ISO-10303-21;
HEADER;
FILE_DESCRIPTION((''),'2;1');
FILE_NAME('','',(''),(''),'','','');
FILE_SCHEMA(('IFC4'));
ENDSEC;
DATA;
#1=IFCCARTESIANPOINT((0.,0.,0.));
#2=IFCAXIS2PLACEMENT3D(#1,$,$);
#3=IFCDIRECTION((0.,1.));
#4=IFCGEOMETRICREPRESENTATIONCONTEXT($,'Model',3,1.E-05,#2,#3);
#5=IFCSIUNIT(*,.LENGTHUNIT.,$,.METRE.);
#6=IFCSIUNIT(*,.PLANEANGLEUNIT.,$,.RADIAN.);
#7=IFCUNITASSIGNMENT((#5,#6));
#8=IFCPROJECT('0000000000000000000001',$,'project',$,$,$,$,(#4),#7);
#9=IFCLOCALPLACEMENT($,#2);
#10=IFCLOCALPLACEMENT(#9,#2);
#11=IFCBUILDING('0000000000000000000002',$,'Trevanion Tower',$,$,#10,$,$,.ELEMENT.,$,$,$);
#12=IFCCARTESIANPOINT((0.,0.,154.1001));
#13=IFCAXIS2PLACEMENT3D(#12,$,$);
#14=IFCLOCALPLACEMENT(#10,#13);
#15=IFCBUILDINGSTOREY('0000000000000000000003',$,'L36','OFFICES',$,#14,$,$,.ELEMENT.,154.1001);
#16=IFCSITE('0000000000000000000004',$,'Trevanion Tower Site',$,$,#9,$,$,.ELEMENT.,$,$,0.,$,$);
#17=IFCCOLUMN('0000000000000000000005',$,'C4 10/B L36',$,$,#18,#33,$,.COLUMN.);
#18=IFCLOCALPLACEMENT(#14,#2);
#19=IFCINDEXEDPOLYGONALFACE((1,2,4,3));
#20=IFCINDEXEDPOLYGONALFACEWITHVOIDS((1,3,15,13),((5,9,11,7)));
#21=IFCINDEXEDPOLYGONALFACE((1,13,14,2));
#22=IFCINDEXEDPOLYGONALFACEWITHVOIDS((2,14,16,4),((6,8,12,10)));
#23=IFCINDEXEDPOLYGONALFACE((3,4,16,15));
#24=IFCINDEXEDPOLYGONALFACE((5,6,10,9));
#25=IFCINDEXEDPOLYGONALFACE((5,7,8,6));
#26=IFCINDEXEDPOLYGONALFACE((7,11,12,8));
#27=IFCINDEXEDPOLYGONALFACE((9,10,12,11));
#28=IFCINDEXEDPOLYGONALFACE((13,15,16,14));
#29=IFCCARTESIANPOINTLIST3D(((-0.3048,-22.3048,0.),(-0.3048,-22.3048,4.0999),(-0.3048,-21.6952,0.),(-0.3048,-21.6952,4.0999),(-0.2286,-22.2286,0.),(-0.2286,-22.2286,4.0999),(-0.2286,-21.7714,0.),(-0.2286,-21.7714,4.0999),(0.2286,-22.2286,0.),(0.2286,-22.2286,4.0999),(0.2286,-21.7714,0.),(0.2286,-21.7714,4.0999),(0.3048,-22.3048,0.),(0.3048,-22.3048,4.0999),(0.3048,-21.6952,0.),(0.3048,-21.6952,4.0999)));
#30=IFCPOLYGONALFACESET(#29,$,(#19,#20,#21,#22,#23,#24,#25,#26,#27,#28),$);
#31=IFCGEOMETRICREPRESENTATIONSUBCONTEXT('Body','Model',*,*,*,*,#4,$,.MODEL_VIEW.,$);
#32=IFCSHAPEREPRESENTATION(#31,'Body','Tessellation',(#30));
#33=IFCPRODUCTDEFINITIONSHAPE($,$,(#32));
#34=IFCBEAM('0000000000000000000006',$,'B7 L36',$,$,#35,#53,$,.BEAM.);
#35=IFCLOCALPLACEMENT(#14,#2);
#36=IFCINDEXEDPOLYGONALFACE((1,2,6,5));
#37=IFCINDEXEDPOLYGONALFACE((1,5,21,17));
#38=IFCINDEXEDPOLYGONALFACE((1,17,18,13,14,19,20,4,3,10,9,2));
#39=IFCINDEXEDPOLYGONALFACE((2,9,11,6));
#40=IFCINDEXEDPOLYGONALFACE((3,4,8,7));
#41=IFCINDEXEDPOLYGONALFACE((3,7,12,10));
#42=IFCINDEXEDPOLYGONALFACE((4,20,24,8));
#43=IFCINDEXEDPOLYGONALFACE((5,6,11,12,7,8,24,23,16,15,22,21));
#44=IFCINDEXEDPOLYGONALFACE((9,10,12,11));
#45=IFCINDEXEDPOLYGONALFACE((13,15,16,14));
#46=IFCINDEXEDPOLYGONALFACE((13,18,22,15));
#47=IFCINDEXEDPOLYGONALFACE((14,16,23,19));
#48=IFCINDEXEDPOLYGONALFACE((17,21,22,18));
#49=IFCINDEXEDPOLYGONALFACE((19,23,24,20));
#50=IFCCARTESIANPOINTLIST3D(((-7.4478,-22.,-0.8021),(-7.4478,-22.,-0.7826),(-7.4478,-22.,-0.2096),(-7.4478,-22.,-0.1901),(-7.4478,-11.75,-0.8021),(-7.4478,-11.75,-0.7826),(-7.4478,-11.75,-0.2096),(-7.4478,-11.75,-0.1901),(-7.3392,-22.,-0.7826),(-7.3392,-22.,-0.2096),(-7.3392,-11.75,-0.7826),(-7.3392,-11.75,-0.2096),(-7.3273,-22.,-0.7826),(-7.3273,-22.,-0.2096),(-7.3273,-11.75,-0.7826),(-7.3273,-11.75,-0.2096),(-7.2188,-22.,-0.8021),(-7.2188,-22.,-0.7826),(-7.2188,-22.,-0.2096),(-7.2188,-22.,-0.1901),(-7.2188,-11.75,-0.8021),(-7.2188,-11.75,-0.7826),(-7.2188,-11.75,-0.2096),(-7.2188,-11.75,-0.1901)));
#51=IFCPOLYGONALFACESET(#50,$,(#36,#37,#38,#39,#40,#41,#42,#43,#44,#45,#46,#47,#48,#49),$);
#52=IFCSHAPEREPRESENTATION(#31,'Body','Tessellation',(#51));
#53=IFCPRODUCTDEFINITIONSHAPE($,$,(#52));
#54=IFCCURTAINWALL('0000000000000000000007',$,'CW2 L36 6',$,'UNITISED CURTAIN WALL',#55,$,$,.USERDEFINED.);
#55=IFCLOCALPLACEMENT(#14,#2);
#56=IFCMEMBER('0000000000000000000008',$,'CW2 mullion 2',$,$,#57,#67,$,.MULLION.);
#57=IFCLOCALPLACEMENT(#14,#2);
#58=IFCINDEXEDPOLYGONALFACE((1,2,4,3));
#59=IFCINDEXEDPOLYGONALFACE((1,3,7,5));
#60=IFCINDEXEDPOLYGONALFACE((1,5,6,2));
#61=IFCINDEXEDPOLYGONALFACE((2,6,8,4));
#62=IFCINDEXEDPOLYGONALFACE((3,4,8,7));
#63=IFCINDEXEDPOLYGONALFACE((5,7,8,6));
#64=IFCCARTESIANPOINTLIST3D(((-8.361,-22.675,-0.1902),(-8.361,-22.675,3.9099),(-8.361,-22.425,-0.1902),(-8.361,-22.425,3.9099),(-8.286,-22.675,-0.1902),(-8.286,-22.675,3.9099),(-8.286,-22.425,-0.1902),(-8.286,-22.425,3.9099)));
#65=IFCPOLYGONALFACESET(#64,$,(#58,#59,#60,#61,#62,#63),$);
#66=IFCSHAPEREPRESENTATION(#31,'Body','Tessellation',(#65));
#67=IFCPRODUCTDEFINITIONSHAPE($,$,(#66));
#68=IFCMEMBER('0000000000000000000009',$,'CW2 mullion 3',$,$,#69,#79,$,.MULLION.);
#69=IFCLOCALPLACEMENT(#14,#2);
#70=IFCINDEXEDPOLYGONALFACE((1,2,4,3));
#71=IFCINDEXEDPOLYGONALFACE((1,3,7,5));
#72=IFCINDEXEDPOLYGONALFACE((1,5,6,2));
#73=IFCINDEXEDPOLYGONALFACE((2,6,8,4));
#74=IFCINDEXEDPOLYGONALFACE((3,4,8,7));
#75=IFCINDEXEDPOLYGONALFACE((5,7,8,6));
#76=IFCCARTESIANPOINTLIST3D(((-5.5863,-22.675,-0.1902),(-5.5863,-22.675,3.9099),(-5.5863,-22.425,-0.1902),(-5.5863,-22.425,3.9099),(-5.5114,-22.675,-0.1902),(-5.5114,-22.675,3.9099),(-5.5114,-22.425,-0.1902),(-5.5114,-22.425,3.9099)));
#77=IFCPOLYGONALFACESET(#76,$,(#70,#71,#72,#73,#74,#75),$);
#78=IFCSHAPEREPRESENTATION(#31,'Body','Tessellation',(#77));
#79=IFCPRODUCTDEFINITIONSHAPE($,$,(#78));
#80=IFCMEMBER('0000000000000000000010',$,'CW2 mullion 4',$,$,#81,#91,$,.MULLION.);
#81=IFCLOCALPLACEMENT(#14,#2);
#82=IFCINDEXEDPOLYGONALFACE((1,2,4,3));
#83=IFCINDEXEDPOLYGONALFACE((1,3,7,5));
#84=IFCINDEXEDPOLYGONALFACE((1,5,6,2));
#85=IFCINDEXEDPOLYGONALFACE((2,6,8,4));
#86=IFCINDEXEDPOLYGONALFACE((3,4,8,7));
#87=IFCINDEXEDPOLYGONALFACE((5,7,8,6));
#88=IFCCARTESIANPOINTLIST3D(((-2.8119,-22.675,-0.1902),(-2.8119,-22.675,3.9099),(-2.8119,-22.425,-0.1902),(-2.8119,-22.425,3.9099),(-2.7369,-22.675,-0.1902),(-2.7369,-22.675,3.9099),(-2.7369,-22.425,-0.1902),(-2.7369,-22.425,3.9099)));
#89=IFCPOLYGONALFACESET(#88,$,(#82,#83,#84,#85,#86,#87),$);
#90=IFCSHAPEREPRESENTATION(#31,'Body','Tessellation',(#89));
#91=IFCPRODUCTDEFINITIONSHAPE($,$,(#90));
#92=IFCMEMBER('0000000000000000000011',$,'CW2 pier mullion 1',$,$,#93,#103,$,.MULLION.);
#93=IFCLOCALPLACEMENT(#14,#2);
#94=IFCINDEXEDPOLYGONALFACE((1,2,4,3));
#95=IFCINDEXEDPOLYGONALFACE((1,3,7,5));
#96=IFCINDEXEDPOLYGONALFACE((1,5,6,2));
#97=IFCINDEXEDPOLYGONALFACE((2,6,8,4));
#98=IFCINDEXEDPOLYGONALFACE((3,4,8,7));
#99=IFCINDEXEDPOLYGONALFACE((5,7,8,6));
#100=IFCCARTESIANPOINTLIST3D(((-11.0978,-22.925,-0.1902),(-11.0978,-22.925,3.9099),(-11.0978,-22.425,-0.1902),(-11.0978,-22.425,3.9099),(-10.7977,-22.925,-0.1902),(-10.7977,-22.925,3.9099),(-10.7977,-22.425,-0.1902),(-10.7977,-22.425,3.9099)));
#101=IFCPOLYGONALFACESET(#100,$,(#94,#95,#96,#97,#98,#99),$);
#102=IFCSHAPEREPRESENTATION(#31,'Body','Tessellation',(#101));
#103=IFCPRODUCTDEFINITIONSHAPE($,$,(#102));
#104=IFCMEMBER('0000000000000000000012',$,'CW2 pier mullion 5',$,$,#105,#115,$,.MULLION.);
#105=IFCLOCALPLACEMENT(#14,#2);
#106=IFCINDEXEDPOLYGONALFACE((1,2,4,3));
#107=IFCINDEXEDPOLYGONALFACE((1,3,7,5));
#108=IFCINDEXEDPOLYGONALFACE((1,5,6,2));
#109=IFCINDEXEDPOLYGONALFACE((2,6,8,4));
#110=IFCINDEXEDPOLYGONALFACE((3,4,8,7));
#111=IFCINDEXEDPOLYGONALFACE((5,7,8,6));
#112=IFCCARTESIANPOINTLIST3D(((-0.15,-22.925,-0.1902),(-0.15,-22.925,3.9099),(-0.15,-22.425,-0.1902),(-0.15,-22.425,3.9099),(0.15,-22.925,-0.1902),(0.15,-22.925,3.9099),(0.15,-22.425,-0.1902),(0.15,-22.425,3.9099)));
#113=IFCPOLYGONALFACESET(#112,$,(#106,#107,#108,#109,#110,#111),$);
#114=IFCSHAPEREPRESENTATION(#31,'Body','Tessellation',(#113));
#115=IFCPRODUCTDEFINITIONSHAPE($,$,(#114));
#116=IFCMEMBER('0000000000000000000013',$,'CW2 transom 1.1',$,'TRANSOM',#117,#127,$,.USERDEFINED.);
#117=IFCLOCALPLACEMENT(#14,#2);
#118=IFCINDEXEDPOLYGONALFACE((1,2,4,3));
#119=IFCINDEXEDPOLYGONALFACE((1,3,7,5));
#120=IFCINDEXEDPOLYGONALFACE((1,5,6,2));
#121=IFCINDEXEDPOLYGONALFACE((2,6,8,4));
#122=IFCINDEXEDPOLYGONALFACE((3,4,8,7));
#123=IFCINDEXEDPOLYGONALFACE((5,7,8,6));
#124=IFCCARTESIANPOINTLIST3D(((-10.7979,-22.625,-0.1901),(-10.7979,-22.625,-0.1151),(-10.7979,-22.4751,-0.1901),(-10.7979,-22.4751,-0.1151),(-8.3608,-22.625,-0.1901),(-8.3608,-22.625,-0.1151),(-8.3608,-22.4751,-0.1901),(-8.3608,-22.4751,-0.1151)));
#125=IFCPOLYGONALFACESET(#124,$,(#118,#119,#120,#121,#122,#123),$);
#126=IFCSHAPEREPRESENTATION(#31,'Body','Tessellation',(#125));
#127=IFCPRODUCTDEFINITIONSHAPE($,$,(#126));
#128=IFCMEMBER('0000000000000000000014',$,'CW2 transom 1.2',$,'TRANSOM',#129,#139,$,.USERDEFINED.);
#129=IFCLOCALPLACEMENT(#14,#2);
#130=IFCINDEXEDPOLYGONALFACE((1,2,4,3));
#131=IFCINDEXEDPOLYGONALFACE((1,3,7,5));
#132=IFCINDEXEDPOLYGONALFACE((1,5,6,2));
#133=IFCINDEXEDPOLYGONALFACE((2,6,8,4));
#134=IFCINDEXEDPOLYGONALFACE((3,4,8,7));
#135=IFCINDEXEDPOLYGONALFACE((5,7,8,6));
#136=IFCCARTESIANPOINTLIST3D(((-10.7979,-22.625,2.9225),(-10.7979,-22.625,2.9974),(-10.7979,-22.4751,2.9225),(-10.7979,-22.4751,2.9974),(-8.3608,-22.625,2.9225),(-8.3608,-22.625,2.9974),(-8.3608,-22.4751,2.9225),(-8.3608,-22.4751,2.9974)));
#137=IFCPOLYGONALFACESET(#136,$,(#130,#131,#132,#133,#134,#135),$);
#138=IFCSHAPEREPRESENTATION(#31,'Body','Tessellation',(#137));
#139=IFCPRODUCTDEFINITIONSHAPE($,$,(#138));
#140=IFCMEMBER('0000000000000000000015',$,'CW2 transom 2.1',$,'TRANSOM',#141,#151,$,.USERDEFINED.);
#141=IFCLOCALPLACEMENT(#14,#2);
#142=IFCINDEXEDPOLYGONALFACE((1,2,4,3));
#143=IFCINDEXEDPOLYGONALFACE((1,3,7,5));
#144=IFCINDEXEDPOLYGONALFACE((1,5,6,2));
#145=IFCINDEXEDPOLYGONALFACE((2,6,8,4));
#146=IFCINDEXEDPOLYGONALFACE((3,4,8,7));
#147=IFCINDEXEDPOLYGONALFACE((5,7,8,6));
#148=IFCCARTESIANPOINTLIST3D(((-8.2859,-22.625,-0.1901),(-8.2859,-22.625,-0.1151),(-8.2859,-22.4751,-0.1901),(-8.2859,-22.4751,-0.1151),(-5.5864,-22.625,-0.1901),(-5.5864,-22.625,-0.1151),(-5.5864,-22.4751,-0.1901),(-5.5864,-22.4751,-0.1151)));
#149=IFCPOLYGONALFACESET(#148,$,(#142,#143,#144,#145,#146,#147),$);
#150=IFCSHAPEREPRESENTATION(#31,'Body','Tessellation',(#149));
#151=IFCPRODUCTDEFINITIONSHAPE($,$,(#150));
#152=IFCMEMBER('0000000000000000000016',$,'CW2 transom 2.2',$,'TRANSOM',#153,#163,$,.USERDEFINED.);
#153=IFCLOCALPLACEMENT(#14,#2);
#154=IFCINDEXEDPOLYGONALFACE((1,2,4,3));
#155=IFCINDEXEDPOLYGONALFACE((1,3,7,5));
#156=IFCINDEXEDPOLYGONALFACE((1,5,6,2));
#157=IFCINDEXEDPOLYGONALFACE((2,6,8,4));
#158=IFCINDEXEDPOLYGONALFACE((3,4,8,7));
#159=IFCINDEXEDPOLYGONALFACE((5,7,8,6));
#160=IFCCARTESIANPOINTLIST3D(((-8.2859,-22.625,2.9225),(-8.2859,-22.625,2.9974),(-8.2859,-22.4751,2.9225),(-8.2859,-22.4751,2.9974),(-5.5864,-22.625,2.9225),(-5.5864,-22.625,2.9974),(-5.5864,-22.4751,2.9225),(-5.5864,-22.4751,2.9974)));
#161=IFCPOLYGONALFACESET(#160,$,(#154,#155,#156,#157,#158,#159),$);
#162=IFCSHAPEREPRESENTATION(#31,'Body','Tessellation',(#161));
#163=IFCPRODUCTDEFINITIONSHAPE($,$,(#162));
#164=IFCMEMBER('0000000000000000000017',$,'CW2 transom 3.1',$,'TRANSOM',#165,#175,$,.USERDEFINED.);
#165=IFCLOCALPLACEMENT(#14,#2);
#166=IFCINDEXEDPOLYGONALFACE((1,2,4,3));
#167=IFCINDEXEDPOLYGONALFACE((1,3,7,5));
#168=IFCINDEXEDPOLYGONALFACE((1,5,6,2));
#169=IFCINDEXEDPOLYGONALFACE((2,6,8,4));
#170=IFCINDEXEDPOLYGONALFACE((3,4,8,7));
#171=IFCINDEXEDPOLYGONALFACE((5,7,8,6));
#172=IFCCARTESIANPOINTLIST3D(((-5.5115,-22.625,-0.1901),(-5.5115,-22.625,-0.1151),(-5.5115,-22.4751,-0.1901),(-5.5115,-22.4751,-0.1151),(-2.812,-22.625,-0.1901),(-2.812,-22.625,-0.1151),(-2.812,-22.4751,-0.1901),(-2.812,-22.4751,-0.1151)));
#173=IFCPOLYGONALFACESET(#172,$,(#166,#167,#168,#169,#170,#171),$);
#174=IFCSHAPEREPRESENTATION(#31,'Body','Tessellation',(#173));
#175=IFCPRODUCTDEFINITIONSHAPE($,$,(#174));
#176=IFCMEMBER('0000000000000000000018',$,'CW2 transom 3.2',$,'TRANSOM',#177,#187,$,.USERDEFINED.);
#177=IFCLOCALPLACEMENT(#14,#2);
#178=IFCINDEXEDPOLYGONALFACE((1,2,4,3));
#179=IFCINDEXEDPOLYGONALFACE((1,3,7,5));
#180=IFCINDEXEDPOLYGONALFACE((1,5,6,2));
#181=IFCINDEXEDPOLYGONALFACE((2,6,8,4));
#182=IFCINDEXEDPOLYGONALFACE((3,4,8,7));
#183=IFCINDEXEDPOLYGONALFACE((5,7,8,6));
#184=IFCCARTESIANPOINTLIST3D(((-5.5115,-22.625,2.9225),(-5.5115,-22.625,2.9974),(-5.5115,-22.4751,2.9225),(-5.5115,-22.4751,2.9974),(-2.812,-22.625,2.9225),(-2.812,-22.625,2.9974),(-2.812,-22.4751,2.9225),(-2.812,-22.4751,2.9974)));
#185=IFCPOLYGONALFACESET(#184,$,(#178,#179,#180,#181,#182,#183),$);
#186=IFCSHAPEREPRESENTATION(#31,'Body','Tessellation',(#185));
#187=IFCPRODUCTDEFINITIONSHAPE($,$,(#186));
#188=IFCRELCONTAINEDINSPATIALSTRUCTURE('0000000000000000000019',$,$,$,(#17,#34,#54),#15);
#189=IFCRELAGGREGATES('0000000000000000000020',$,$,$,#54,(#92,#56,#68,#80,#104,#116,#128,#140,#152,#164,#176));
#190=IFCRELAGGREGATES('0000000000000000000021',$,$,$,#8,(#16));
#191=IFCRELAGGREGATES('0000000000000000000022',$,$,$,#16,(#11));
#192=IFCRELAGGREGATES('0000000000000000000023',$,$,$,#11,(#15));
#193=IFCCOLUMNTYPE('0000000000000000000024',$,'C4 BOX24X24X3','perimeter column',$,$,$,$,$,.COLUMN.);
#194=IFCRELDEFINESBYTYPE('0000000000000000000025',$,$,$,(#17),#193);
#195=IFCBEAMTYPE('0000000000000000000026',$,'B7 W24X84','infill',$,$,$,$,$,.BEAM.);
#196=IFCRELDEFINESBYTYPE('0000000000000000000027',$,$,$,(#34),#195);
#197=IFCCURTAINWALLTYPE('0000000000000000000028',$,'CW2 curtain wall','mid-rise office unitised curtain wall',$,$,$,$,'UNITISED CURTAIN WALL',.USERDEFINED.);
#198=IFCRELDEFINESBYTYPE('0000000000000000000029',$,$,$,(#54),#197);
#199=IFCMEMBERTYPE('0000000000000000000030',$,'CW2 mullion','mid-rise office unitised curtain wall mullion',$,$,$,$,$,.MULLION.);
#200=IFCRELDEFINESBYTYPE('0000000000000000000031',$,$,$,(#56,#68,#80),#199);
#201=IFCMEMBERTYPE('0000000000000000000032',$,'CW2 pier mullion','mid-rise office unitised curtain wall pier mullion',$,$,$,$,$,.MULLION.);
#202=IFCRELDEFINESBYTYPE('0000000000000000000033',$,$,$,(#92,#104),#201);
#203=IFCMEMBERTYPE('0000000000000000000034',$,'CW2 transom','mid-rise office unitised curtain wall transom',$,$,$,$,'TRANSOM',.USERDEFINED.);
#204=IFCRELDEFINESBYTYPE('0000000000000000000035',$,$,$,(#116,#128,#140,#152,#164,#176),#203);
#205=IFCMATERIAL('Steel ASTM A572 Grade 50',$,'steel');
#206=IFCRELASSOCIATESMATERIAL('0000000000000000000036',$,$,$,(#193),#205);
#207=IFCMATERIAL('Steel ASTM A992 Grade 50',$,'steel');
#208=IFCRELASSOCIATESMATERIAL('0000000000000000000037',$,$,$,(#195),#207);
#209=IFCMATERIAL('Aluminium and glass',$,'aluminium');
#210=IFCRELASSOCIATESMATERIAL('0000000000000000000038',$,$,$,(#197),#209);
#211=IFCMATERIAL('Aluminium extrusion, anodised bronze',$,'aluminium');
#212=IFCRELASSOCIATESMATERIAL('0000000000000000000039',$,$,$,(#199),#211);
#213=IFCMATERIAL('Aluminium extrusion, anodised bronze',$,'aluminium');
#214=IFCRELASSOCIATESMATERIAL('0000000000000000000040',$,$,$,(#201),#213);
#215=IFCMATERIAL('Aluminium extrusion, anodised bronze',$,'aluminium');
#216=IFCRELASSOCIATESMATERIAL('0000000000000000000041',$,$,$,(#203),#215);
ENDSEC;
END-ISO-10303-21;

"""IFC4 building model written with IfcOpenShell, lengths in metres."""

from ifc_helpers import new_model, si_unit, direction, frame, origin, origin_2d, place, context, subcontext, project, spatial, rectangle, hollow_rectangle, i_section, extrude, material, material_profile, profile_set, type_object, element, aggregate, save


model = new_model("IFC4")

# Units and contexts
model_context = context("Model", 3, precision=1e-05, world=origin(), true_north=direction((0.0, 1.0)))
body_context = subcontext(model_context, "Body", "Model", "MODEL_VIEW")
ifc_project = project(units=[si_unit("LENGTHUNIT", "METRE"), si_unit("PLANEANGLEUNIT", "RADIAN")], contexts=[model_context])

# Site, building, storey
site_placement = place(None, origin())
site = spatial("IfcSite", under=ifc_project, at=site_placement, Name="Trevanion Tower Site", CompositionType="ELEMENT", RefElevation=0.0)
building_placement = place(site_placement, origin())
building = spatial("IfcBuilding", under=site, at=building_placement, Name="Trevanion Tower", CompositionType="ELEMENT")
storey_placement = place(building_placement, frame((0.0, 0.0, 154.1001)))
storey = spatial("IfcBuildingStorey", under=building, at=storey_placement, Name="L36", Description="OFFICES", CompositionType="ELEMENT", Elevation=154.1001)

# Column
ifc_material_1 = material(Name="Steel ASTM A572 Grade 50", Category="steel")
ifc_material_profile_1 = material_profile(ifc_material_1, hollow_rectangle(XDim=0.6096, YDim=0.6096, WallThickness=0.0762, at=origin_2d()), Name="BOX24X24X3")
ifc_profile_set_1 = profile_set([ifc_material_profile_1], Name="Steel ASTM A572 Grade 50")
column_type = type_object("IfcColumnType", Name="C4 BOX24X24X3", Description="perimeter column", PredefinedType="COLUMN", material=ifc_profile_set_1)
column_placement = place(storey_placement, frame((0.0, -22.0, 0.0), z_axis=(0.0, 0.0, 1.0), x_axis=(1.0, 0.0, 0.0)))
element("IfcColumn", 1, at=column_placement, inside=storey, type_object=column_type, Name="C4 10/B L36", PredefinedType="COLUMN", context=body_context, shape_type="SweptSolid", body=[
    extrude(hollow_rectangle(XDim=0.6096, YDim=0.6096, WallThickness=0.0762, at=origin_2d()), origin(), (0.0, 0.0, 1.0), 4.0999),
])

# Beam
ifc_material_2 = material(Name="Steel ASTM A992 Grade 50", Category="steel")
ifc_material_profile_2 = material_profile(ifc_material_2, i_section(OverallWidth=0.229, OverallDepth=0.6121, WebThickness=0.012, FlangeThickness=0.0195, at=origin_2d()), Name="W24X84")
ifc_profile_set_2 = profile_set([ifc_material_profile_2], Name="Steel ASTM A992 Grade 50")
beam_type_1 = type_object("IfcBeamType", Name="B7 W24X84", Description="infill", PredefinedType="BEAM", material=ifc_profile_set_2)
beam_1_placement = place(storey_placement, frame((-7.3333, -11.75, -0.4961), z_axis=(0.0, -1.0, 0.0), x_axis=(1.0, 0.0, 0.0)))
element("IfcBeam", 2, at=beam_1_placement, inside=storey, type_object=beam_type_1, Name="B7 L36", PredefinedType="BEAM", context=body_context, shape_type="SweptSolid", body=[
    extrude(i_section(OverallWidth=0.229, OverallDepth=0.6121, WebThickness=0.012, FlangeThickness=0.0195, at=origin_2d()), origin(), (0.0, 0.0, 1.0), 10.25),
])

# Curtain wall, members
ifc_material_3 = material(Name="Aluminium and glass", Category="aluminium")
curtain_wall_type = type_object("IfcCurtainWallType", Name="CW2 curtain wall", Description="mid-rise office unitised curtain wall", ElementType="UNITISED CURTAIN WALL", PredefinedType="USERDEFINED", material=ifc_material_3)
curtain_wall_placement = place(storey_placement, origin())
curtain_wall = element("IfcCurtainWall", 3, at=curtain_wall_placement, inside=storey, type_object=curtain_wall_type, Name="CW2 L36 6", ObjectType="UNITISED CURTAIN WALL", PredefinedType="USERDEFINED")
ifc_material_4 = material(Name="Aluminium extrusion, anodised bronze", Category="aluminium")
ifc_material_profile_3 = material_profile(ifc_material_4, rectangle(XDim=0.075, YDim=0.25, at=origin_2d()), Name="CW2 mullion")
ifc_profile_set_3 = profile_set([ifc_material_profile_3], Name="Aluminium extrusion, anodised bronze")
member_type_1 = type_object("IfcMemberType", Name="CW2 mullion", Description="mid-rise office unitised curtain wall mullion", PredefinedType="MULLION", material=ifc_profile_set_3)
member_1_placement = place(storey_placement, frame((-8.3235, -22.55, -0.1902), z_axis=(0.0, 0.0, 1.0), x_axis=(1.0, 0.0, 0.0)))
member_1 = element("IfcMember", 4, at=member_1_placement, type_object=member_type_1, Name="CW2 mullion 2", PredefinedType="MULLION", context=body_context, shape_type="SweptSolid", body=[
    extrude(rectangle(XDim=0.075, YDim=0.25, at=origin_2d()), origin(), (0.0, 0.0, 1.0), 4.1001),
])
member_2_placement = place(storey_placement, frame((-5.5488, -22.55, -0.1902), z_axis=(0.0, 0.0, 1.0), x_axis=(1.0, 0.0, 0.0)))
member_2 = element("IfcMember", 5, at=member_2_placement, type_object=member_type_1, Name="CW2 mullion 3", PredefinedType="MULLION", context=body_context, shape_type="SweptSolid", body=[
    extrude(rectangle(XDim=0.075, YDim=0.25, at=origin_2d()), origin(), (0.0, 0.0, 1.0), 4.1001),
])
member_3_placement = place(storey_placement, frame((-2.7744, -22.55, -0.1902), z_axis=(0.0, 0.0, 1.0), x_axis=(1.0, 0.0, 0.0)))
member_3 = element("IfcMember", 6, at=member_3_placement, type_object=member_type_1, Name="CW2 mullion 4", PredefinedType="MULLION", context=body_context, shape_type="SweptSolid", body=[
    extrude(rectangle(XDim=0.075, YDim=0.25, at=origin_2d()), origin(), (0.0, 0.0, 1.0), 4.1001),
])
ifc_material_5 = material(Name="Aluminium extrusion, anodised bronze", Category="aluminium")
ifc_material_profile_4 = material_profile(ifc_material_5, rectangle(XDim=0.3, YDim=0.5, at=origin_2d()), Name="CW2 pier mullion")
ifc_profile_set_4 = profile_set([ifc_material_profile_4], Name="Aluminium extrusion, anodised bronze")
member_type_2 = type_object("IfcMemberType", Name="CW2 pier mullion", Description="mid-rise office unitised curtain wall pier mullion", PredefinedType="MULLION", material=ifc_profile_set_4)
member_4_placement = place(storey_placement, frame((-10.9478, -22.675, -0.1902), z_axis=(0.0, 0.0, 1.0), x_axis=(1.0, 0.0, 0.0)))
member_4 = element("IfcMember", 7, at=member_4_placement, type_object=member_type_2, Name="CW2 pier mullion 1", PredefinedType="MULLION", context=body_context, shape_type="SweptSolid", body=[
    extrude(rectangle(XDim=0.3, YDim=0.5, at=origin_2d()), origin(), (0.0, 0.0, 1.0), 4.1001),
])
member_5_placement = place(storey_placement, frame((0.0, -22.675, -0.1902), z_axis=(0.0, 0.0, 1.0), x_axis=(1.0, 0.0, 0.0)))
member_5 = element("IfcMember", 8, at=member_5_placement, type_object=member_type_2, Name="CW2 pier mullion 5", PredefinedType="MULLION", context=body_context, shape_type="SweptSolid", body=[
    extrude(rectangle(XDim=0.3, YDim=0.5, at=origin_2d()), origin(), (0.0, 0.0, 1.0), 4.1001),
])
ifc_material_6 = material(Name="Aluminium extrusion, anodised bronze", Category="aluminium")
ifc_material_profile_5 = material_profile(ifc_material_6, rectangle(XDim=0.1499, YDim=0.075, at=origin_2d()), Name="CW2 transom")
ifc_profile_set_5 = profile_set([ifc_material_profile_5], Name="Aluminium extrusion, anodised bronze")
member_type_3 = type_object("IfcMemberType", Name="CW2 transom", Description="mid-rise office unitised curtain wall transom", ElementType="TRANSOM", PredefinedType="USERDEFINED", material=ifc_profile_set_5)
member_6_placement = place(storey_placement, frame((-10.7979, -22.55, -0.1526), z_axis=(1.0, 0.0, 0.0), x_axis=(0.0, 1.0, 0.0)))
member_6 = element("IfcMember", 9, at=member_6_placement, type_object=member_type_3, Name="CW2 transom 1.1", ObjectType="TRANSOM", PredefinedType="USERDEFINED", context=body_context, shape_type="SweptSolid", body=[
    extrude(rectangle(XDim=0.1499, YDim=0.075, at=origin_2d()), origin(), (0.0, 0.0, 1.0), 2.437),
])
member_7_placement = place(storey_placement, frame((-10.7979, -22.55, 2.96), z_axis=(1.0, 0.0, 0.0), x_axis=(0.0, 1.0, 0.0)))
member_7 = element("IfcMember", 10, at=member_7_placement, type_object=member_type_3, Name="CW2 transom 1.2", ObjectType="TRANSOM", PredefinedType="USERDEFINED", context=body_context, shape_type="SweptSolid", body=[
    extrude(rectangle(XDim=0.1499, YDim=0.075, at=origin_2d()), origin(), (0.0, 0.0, 1.0), 2.437),
])
member_8_placement = place(storey_placement, frame((-8.2859, -22.55, -0.1526), z_axis=(1.0, 0.0, 0.0), x_axis=(0.0, 1.0, 0.0)))
member_8 = element("IfcMember", 11, at=member_8_placement, type_object=member_type_3, Name="CW2 transom 2.1", ObjectType="TRANSOM", PredefinedType="USERDEFINED", context=body_context, shape_type="SweptSolid", body=[
    extrude(rectangle(XDim=0.1499, YDim=0.075, at=origin_2d()), origin(), (0.0, 0.0, 1.0), 2.6995),
])
member_9_placement = place(storey_placement, frame((-8.2859, -22.55, 2.96), z_axis=(1.0, 0.0, 0.0), x_axis=(0.0, 1.0, 0.0)))
member_9 = element("IfcMember", 12, at=member_9_placement, type_object=member_type_3, Name="CW2 transom 2.2", ObjectType="TRANSOM", PredefinedType="USERDEFINED", context=body_context, shape_type="SweptSolid", body=[
    extrude(rectangle(XDim=0.1499, YDim=0.075, at=origin_2d()), origin(), (0.0, 0.0, 1.0), 2.6995),
])
member_10_placement = place(storey_placement, frame((-5.5115, -22.55, -0.1526), z_axis=(1.0, 0.0, 0.0), x_axis=(0.0, 1.0, 0.0)))
member_10 = element("IfcMember", 13, at=member_10_placement, type_object=member_type_3, Name="CW2 transom 3.1", ObjectType="TRANSOM", PredefinedType="USERDEFINED", context=body_context, shape_type="SweptSolid", body=[
    extrude(rectangle(XDim=0.1499, YDim=0.075, at=origin_2d()), origin(), (0.0, 0.0, 1.0), 2.6995),
])
member_11_placement = place(storey_placement, frame((-5.5115, -22.55, 2.96), z_axis=(1.0, 0.0, 0.0), x_axis=(0.0, 1.0, 0.0)))
member_11 = element("IfcMember", 14, at=member_11_placement, type_object=member_type_3, Name="CW2 transom 3.2", ObjectType="TRANSOM", PredefinedType="USERDEFINED", context=body_context, shape_type="SweptSolid", body=[
    extrude(rectangle(XDim=0.1499, YDim=0.075, at=origin_2d()), origin(), (0.0, 0.0, 1.0), 2.6995),
])

aggregate(curtain_wall, [member_4, member_1, member_2, member_3, member_5, member_6, member_7, member_8, member_9, member_10, member_11])

save(model, "model.ifc")
